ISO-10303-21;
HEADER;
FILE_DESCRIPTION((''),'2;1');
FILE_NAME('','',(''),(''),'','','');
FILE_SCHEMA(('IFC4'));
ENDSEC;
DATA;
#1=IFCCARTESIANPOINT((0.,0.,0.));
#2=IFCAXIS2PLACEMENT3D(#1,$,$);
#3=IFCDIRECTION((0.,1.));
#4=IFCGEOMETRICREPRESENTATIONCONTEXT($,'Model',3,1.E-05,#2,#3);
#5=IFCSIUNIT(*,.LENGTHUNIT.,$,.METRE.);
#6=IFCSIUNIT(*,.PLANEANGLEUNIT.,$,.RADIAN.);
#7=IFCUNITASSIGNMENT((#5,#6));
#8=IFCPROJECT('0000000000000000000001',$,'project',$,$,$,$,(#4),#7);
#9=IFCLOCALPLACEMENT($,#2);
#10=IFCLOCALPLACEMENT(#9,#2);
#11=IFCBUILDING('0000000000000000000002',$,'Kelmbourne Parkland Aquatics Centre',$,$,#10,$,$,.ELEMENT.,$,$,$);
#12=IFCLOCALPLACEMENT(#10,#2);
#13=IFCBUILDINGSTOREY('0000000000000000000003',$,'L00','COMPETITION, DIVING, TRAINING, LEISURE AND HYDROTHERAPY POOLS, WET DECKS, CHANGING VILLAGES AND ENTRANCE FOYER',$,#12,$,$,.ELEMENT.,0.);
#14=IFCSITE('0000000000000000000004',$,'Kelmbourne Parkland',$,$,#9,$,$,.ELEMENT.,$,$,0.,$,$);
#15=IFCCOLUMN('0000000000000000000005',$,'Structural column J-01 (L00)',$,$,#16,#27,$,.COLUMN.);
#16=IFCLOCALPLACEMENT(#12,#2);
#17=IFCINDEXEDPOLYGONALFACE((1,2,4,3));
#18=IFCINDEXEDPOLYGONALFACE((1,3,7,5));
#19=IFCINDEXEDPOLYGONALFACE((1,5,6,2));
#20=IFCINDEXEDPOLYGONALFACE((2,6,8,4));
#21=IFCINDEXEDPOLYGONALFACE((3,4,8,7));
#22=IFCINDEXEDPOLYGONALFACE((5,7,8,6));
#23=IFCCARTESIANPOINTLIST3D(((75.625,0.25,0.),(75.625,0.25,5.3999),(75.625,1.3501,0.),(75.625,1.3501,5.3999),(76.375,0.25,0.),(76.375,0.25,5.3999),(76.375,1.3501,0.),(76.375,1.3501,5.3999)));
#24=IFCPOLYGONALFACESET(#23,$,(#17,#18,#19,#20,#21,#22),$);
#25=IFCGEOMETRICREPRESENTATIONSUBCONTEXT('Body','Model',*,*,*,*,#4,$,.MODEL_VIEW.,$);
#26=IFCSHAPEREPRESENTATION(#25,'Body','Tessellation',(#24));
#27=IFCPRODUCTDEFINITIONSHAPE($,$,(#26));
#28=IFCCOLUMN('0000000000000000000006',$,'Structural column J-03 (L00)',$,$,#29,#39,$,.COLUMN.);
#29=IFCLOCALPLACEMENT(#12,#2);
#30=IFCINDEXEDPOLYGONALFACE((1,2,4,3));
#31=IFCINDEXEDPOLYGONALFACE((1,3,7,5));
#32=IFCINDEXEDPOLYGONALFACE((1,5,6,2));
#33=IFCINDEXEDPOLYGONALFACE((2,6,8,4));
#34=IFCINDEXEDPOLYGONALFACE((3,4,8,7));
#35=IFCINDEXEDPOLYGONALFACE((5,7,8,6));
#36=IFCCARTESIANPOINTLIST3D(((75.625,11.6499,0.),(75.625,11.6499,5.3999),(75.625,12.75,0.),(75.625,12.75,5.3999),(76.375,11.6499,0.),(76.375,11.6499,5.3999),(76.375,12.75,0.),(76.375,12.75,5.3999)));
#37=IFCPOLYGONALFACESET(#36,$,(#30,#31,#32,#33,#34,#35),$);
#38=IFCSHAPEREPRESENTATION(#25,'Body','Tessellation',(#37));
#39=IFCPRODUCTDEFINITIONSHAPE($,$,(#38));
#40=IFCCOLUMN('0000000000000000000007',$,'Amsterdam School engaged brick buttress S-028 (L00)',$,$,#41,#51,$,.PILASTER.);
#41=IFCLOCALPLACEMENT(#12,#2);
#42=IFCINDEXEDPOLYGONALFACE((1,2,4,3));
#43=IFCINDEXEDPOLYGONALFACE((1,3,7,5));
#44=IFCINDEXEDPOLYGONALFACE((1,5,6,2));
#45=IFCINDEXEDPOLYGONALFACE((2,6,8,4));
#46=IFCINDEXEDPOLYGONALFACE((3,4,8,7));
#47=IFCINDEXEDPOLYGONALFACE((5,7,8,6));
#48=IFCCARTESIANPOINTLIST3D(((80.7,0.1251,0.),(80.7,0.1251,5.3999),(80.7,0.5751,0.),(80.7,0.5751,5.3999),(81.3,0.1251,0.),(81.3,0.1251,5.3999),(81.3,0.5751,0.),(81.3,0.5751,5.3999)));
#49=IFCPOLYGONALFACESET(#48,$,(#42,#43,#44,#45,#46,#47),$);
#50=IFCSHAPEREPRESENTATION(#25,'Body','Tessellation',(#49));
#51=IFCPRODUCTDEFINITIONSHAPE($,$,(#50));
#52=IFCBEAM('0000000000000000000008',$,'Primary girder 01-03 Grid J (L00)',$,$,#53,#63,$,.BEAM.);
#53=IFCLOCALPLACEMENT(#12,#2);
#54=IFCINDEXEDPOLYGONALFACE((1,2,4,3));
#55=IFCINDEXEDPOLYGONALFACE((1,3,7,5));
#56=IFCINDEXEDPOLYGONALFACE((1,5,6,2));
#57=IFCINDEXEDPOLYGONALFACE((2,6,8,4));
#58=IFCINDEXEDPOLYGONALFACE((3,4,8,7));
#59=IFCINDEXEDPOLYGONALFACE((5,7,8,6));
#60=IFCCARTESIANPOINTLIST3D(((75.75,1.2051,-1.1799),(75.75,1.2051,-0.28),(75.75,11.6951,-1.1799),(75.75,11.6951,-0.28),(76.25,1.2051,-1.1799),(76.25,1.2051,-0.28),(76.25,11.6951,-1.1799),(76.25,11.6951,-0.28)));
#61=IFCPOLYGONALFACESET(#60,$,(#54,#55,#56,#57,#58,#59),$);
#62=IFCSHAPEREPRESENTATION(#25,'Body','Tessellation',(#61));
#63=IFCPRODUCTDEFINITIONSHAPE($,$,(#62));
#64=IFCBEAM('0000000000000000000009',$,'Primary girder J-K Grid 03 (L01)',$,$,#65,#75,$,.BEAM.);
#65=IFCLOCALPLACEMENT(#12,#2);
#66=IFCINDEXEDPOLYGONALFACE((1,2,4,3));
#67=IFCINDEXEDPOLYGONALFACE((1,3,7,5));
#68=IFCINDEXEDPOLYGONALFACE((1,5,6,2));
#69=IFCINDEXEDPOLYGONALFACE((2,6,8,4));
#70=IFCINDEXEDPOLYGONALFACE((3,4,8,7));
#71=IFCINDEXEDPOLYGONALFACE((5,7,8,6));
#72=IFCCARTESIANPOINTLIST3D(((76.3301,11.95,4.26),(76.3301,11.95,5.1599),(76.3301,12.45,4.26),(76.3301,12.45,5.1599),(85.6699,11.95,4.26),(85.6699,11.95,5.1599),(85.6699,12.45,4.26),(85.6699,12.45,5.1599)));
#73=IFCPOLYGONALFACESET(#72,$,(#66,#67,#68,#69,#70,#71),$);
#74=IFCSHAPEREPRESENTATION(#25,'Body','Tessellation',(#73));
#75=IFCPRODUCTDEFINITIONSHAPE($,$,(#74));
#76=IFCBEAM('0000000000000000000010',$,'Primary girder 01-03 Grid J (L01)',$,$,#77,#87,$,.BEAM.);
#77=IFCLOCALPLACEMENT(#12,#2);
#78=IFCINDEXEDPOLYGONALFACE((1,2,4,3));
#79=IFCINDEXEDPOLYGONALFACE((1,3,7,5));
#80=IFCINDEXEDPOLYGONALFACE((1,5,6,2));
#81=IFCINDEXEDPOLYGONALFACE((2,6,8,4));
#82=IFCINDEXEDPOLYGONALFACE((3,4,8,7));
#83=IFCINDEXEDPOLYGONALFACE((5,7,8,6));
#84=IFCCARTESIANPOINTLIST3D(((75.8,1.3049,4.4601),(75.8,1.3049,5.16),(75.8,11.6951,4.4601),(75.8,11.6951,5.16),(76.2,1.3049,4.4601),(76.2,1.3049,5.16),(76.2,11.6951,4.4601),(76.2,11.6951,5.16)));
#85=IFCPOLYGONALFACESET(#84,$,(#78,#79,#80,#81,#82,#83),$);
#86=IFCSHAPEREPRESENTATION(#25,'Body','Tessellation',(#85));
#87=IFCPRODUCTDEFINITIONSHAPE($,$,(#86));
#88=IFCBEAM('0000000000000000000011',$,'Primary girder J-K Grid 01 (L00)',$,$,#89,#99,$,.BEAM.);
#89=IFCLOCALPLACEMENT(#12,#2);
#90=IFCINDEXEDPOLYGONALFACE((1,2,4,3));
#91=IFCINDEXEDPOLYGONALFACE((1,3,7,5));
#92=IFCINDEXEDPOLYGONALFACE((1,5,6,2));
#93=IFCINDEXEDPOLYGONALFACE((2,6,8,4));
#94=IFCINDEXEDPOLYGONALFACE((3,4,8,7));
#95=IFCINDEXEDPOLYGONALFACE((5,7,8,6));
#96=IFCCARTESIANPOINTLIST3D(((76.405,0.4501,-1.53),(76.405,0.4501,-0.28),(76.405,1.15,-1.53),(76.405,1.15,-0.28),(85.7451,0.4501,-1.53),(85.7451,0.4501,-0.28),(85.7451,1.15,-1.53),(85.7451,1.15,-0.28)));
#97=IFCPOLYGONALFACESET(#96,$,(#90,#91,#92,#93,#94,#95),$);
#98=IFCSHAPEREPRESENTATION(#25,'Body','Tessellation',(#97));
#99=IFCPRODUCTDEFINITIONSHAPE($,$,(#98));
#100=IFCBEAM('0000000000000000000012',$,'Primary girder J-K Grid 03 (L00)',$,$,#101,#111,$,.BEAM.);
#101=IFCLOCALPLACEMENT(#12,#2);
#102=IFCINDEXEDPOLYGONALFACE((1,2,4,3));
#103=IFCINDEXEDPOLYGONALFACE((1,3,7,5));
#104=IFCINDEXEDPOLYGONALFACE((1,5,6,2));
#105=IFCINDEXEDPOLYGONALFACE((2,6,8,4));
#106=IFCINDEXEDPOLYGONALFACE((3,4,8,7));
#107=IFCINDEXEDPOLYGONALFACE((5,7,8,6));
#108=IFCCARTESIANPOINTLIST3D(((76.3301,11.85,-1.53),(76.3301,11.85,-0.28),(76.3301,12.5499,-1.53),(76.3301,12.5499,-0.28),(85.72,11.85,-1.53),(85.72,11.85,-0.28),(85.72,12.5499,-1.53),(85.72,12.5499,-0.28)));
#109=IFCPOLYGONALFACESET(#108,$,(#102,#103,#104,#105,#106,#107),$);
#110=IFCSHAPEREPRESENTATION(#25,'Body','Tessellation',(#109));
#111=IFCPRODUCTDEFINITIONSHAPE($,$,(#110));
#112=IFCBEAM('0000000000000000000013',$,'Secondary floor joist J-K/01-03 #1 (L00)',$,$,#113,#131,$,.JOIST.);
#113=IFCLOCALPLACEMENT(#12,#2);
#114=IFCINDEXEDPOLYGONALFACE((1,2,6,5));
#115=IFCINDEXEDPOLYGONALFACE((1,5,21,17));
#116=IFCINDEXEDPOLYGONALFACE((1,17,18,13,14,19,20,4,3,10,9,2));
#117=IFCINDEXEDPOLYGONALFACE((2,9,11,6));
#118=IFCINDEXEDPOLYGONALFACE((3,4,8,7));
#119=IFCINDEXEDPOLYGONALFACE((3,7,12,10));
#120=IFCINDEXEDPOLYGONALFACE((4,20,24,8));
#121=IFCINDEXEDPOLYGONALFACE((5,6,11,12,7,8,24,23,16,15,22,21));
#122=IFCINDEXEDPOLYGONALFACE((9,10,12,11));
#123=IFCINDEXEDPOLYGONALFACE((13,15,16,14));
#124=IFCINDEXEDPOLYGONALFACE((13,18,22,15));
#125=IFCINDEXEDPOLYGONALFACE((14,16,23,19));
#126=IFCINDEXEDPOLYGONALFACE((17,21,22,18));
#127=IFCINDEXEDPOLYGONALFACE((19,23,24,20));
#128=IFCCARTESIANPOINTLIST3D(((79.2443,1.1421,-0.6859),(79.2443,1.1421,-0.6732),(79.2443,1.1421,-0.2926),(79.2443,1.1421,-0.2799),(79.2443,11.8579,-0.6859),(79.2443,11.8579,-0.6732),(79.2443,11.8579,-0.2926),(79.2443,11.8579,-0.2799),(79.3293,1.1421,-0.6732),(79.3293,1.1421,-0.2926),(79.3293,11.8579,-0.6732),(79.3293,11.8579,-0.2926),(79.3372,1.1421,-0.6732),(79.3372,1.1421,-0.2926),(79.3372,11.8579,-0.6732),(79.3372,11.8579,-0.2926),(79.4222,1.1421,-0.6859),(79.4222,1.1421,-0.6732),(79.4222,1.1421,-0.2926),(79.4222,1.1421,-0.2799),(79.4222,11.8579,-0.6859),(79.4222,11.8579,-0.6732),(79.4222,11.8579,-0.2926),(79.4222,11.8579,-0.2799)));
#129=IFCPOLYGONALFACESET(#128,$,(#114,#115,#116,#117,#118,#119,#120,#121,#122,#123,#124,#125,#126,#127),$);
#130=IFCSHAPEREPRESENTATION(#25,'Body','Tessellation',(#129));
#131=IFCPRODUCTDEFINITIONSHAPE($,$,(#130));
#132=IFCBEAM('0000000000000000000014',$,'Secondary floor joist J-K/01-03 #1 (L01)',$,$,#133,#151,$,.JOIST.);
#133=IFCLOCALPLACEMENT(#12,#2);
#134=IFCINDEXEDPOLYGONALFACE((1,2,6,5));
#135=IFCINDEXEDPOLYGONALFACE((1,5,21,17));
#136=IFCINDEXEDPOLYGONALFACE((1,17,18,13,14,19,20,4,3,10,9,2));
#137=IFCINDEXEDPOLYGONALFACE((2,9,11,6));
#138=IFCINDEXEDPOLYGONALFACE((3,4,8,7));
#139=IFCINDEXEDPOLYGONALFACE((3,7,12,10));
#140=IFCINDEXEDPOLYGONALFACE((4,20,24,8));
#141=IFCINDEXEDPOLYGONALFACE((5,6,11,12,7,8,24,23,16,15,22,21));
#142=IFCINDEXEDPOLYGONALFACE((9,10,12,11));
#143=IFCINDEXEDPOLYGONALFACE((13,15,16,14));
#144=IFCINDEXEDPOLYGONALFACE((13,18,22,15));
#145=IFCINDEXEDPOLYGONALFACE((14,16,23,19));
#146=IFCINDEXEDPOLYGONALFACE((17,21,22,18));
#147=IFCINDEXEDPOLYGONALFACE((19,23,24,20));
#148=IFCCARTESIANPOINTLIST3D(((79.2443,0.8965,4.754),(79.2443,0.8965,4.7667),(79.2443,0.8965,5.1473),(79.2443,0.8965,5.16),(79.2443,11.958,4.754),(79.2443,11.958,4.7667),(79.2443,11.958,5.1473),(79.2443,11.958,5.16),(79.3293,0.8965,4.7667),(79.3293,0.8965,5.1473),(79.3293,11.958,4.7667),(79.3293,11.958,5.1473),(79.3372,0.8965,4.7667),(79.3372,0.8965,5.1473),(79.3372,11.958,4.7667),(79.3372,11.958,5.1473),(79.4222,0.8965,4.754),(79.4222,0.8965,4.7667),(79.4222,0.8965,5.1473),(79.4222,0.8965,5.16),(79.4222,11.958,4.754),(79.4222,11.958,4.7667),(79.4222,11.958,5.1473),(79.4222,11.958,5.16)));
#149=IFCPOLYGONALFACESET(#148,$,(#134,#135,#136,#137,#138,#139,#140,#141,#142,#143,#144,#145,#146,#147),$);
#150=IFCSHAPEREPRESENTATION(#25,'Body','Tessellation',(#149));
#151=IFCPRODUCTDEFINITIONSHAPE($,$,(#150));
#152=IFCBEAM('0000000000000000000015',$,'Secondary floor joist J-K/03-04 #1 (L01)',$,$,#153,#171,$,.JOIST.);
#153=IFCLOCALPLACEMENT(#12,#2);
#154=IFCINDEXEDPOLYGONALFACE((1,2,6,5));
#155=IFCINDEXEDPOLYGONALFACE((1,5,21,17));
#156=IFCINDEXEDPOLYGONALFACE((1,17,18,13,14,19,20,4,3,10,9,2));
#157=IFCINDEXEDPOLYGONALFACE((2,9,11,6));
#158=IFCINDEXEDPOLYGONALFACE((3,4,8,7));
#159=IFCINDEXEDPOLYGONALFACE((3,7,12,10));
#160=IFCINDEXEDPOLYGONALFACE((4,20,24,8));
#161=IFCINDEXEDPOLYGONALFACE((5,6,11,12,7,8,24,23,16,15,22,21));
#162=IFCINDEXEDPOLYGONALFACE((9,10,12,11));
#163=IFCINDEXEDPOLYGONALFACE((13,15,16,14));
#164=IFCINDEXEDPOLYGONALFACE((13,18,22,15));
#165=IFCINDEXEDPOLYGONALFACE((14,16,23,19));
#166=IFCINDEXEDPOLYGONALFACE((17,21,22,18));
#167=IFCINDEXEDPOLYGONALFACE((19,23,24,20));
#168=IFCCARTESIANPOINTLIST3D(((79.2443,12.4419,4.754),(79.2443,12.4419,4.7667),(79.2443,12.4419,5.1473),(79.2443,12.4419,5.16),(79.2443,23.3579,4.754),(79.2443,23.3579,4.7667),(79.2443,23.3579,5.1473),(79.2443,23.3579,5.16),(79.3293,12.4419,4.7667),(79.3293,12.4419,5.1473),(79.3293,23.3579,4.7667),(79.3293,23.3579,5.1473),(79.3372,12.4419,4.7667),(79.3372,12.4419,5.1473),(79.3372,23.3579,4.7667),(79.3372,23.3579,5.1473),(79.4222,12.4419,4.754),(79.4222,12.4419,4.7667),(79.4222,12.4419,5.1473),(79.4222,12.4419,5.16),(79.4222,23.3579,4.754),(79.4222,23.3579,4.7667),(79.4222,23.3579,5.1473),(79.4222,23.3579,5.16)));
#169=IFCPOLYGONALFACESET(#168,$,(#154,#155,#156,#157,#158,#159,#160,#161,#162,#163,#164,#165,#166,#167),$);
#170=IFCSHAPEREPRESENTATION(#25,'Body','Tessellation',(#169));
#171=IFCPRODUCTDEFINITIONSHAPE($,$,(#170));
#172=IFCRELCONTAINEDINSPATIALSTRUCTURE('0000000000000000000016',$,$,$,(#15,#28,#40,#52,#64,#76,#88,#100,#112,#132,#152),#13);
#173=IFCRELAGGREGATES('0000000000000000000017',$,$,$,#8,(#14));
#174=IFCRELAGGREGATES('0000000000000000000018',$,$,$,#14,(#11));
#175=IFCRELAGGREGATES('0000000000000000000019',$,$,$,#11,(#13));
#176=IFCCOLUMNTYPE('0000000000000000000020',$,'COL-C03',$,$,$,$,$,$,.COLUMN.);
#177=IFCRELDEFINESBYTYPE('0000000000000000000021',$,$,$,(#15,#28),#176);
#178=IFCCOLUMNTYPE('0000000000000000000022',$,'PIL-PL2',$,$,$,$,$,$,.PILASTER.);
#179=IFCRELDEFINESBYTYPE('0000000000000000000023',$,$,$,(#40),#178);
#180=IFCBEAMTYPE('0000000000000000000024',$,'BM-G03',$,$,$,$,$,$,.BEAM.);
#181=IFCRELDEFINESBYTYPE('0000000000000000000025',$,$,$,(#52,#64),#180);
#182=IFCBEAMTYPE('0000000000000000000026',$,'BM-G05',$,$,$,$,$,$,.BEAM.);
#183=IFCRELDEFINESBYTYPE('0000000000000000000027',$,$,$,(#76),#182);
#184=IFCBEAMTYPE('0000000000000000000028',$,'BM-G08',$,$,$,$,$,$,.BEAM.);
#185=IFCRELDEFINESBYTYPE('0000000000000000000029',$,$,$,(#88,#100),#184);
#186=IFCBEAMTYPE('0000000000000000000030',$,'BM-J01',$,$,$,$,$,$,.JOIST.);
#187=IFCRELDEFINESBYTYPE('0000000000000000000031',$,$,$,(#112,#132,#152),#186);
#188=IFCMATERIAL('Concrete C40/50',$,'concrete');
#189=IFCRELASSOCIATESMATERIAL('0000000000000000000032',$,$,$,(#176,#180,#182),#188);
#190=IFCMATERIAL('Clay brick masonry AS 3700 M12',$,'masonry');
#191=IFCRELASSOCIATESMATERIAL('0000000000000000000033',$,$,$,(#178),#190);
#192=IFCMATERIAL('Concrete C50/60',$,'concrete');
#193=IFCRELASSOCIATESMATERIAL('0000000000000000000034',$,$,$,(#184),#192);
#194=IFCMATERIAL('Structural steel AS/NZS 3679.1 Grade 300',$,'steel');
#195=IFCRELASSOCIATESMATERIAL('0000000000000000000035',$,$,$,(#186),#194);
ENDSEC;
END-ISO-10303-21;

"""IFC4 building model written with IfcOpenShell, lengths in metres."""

from ifc_helpers import new_model, si_unit, direction, frame, origin, origin_2d, place, context, subcontext, project, spatial, rectangle, i_section, extrude, material, material_profile, profile_set, type_object, element, save


model = new_model("IFC4")

# Units and contexts
model_context = context("Model", 3, precision=1e-05, world=origin(), true_north=direction((0.0, 1.0)))
body_context = subcontext(model_context, "Body", "Model", "MODEL_VIEW")
ifc_project = project(units=[si_unit("LENGTHUNIT", "METRE"), si_unit("PLANEANGLEUNIT", "RADIAN")], contexts=[model_context])

# Site, building, storey
site_placement = place(None, origin())
site = spatial("IfcSite", under=ifc_project, at=site_placement, Name="Kelmbourne Parkland", CompositionType="ELEMENT", RefElevation=0.0)
building_placement = place(site_placement, origin())
building = spatial("IfcBuilding", under=site, at=building_placement, Name="Kelmbourne Parkland Aquatics Centre", CompositionType="ELEMENT")
storey_placement = place(building_placement, origin())
storey = spatial("IfcBuildingStorey", under=building, at=storey_placement, Name="L00", Description="COMPETITION, DIVING, TRAINING, LEISURE AND HYDROTHERAPY POOLS, WET DECKS, CHANGING VILLAGES AND ENTRANCE FOYER", CompositionType="ELEMENT", Elevation=0.0)

# Columns
ifc_material_1 = material(Name="Concrete C40/50", Category="concrete")
ifc_material_profile_1 = material_profile(ifc_material_1, rectangle(XDim=0.75, YDim=1.1001, at=origin_2d()), Name="RC 750x1100")
ifc_profile_set_1 = profile_set([ifc_material_profile_1], Name="Concrete C40/50")
column_type_1 = type_object("IfcColumnType", Name="COL-C03", PredefinedType="COLUMN", material=ifc_profile_set_1)
for number, where, z_axis, x_axis, name in (
    (1, (76.0, 0.8, 0.0), (0.0, 0.0, 1.0), (1.0, 0.0, 0.0), "Structural column J-01 (L00)"),
    (2, (76.0, 12.2, 0.0), (0.0, 0.0, 1.0), (1.0, 0.0, 0.0), "Structural column J-03 (L00)"),
):
    element("IfcColumn", number, at=place(storey_placement, frame(where, z_axis=z_axis, x_axis=x_axis)), inside=storey, type_object=column_type_1, Name=name, PredefinedType="COLUMN", context=body_context, shape_type="SweptSolid", body=[
        extrude(rectangle(XDim=0.75, YDim=1.1001, at=origin_2d()), origin(), (0.0, 0.0, 1.0), 5.3999),
    ])
ifc_material_2 = material(Name="Clay brick masonry AS 3700 M12", Category="masonry")
ifc_material_profile_2 = material_profile(ifc_material_2, rectangle(XDim=0.45, YDim=0.6001, at=origin_2d()), Name="PIL 450x600")
ifc_profile_set_2 = profile_set([ifc_material_profile_2], Name="Clay brick masonry AS 3700 M12")
column_type_2 = type_object("IfcColumnType", Name="PIL-PL2", PredefinedType="PILASTER", material=ifc_profile_set_2)
column_placement = place(storey_placement, frame((81.0, 0.3501, 0.0), z_axis=(0.0, 0.0, 1.0), x_axis=(0.0, 1.0, 0.0)))
element("IfcColumn", 3, at=column_placement, inside=storey, type_object=column_type_2, Name="Amsterdam School engaged brick buttress S-028 (L00)", PredefinedType="PILASTER", context=body_context, shape_type="SweptSolid", body=[
    extrude(rectangle(XDim=0.45, YDim=0.6001, at=origin_2d()), origin(), (0.0, 0.0, 1.0), 5.3999),
])

# Beams
ifc_material_profile_3 = material_profile(ifc_material_1, rectangle(XDim=0.5, YDim=0.8999, at=origin_2d()), Name="RC 500x900")
ifc_profile_set_3 = profile_set([ifc_material_profile_3], Name="Concrete C40/50")
beam_type_1 = type_object("IfcBeamType", Name="BM-G03", PredefinedType="BEAM", material=ifc_profile_set_3)
beam_1_placement = place(storey_placement, frame((76.0, 1.2051, -0.73), z_axis=(0.0, 1.0, 0.0), x_axis=(-1.0, 0.0, 0.0)))
element("IfcBeam", 4, at=beam_1_placement, inside=storey, type_object=beam_type_1, Name="Primary girder 01-03 Grid J (L00)", PredefinedType="BEAM", context=body_context, shape_type="SweptSolid", body=[
    extrude(rectangle(XDim=0.5, YDim=0.8999, at=origin_2d()), origin(), (0.0, 0.0, 1.0), 10.49),
])
beam_2_placement = place(storey_placement, frame((76.3301, 12.2, 4.71), z_axis=(1.0, 0.0, 0.0), x_axis=(0.0, 1.0, 0.0)))
element("IfcBeam", 5, at=beam_2_placement, inside=storey, type_object=beam_type_1, Name="Primary girder J-K Grid 03 (L01)", PredefinedType="BEAM", context=body_context, shape_type="SweptSolid", body=[
    extrude(rectangle(XDim=0.5, YDim=0.8999, at=origin_2d()), origin(), (0.0, 0.0, 1.0), 9.3398),
])
ifc_material_profile_4 = material_profile(ifc_material_1, rectangle(XDim=0.3999, YDim=0.7, at=origin_2d()), Name="RC 400x700")
ifc_profile_set_4 = profile_set([ifc_material_profile_4], Name="Concrete C40/50")
beam_type_2 = type_object("IfcBeamType", Name="BM-G05", PredefinedType="BEAM", material=ifc_profile_set_4)
beam_3_placement = place(storey_placement, frame((76.0, 1.3049, 4.8101), z_axis=(0.0, 1.0, 0.0), x_axis=(-1.0, 0.0, 0.0)))
element("IfcBeam", 6, at=beam_3_placement, inside=storey, type_object=beam_type_2, Name="Primary girder 01-03 Grid J (L01)", PredefinedType="BEAM", context=body_context, shape_type="SweptSolid", body=[
    extrude(rectangle(XDim=0.3999, YDim=0.7, at=origin_2d()), origin(), (0.0, 0.0, 1.0), 10.3901),
])
ifc_material_3 = material(Name="Concrete C50/60", Category="concrete")
ifc_material_profile_5 = material_profile(ifc_material_3, rectangle(XDim=0.7, YDim=1.25, at=origin_2d()), Name="RC 700x1250")
ifc_profile_set_5 = profile_set([ifc_material_profile_5], Name="Concrete C50/60")
beam_type_3 = type_object("IfcBeamType", Name="BM-G08", PredefinedType="BEAM", material=ifc_profile_set_5)
beam_4_placement = place(storey_placement, frame((76.405, 0.8, -0.905), z_axis=(1.0, 0.0, 0.0), x_axis=(0.0, 1.0, 0.0)))
element("IfcBeam", 7, at=beam_4_placement, inside=storey, type_object=beam_type_3, Name="Primary girder J-K Grid 01 (L00)", PredefinedType="BEAM", context=body_context, shape_type="SweptSolid", body=[
    extrude(rectangle(XDim=0.7, YDim=1.25, at=origin_2d()), origin(), (0.0, 0.0, 1.0), 9.3401),
])
beam_5_placement = place(storey_placement, frame((76.3301, 12.2, -0.905), z_axis=(1.0, 0.0, 0.0), x_axis=(0.0, 1.0, 0.0)))
element("IfcBeam", 8, at=beam_5_placement, inside=storey, type_object=beam_type_3, Name="Primary girder J-K Grid 03 (L00)", PredefinedType="BEAM", context=body_context, shape_type="SweptSolid", body=[
    extrude(rectangle(XDim=0.7, YDim=1.25, at=origin_2d()), origin(), (0.0, 0.0, 1.0), 9.3899),
])
ifc_material_4 = material(Name="Structural steel AS/NZS 3679.1 Grade 300", Category="steel")
ifc_material_profile_6 = material_profile(ifc_material_4, i_section(OverallWidth=0.178, OverallDepth=0.406, WebThickness=0.0078, FlangeThickness=0.0127, at=origin_2d()), Name="410UB59.7")
ifc_profile_set_6 = profile_set([ifc_material_profile_6], Name="Structural steel AS/NZS 3679.1 Grade 300")
beam_type_4 = type_object("IfcBeamType", Name="BM-J01", PredefinedType="JOIST", material=ifc_profile_set_6)
beam_6_placement = place(storey_placement, frame((79.3333, 1.1421, -0.4829), z_axis=(0.0, 1.0, 0.0), x_axis=(-1.0, 0.0, 0.0)))
element("IfcBeam", 9, at=beam_6_placement, inside=storey, type_object=beam_type_4, Name="Secondary floor joist J-K/01-03 #1 (L00)", PredefinedType="JOIST", context=body_context, shape_type="SweptSolid", body=[
    extrude(i_section(OverallWidth=0.178, OverallDepth=0.406, WebThickness=0.0078, FlangeThickness=0.0127, at=origin_2d()), origin(), (0.0, 0.0, 1.0), 10.7158),
])
beam_7_placement = place(storey_placement, frame((79.3333, 0.8965, 4.957), z_axis=(0.0, 1.0, 0.0), x_axis=(-1.0, 0.0, 0.0)))
element("IfcBeam", 10, at=beam_7_placement, inside=storey, type_object=beam_type_4, Name="Secondary floor joist J-K/01-03 #1 (L01)", PredefinedType="JOIST", context=body_context, shape_type="SweptSolid", body=[
    extrude(i_section(OverallWidth=0.178, OverallDepth=0.406, WebThickness=0.0078, FlangeThickness=0.0127, at=origin_2d()), origin(), (0.0, 0.0, 1.0), 11.0615),
])
beam_8_placement = place(storey_placement, frame((79.3333, 12.4419, 4.957), z_axis=(0.0, 1.0, 0.0), x_axis=(-1.0, 0.0, 0.0)))
element("IfcBeam", 11, at=beam_8_placement, inside=storey, type_object=beam_type_4, Name="Secondary floor joist J-K/03-04 #1 (L01)", PredefinedType="JOIST", context=body_context, shape_type="SweptSolid", body=[
    extrude(i_section(OverallWidth=0.178, OverallDepth=0.406, WebThickness=0.0078, FlangeThickness=0.0127, at=origin_2d()), origin(), (0.0, 0.0, 1.0), 10.916),
])

save(model, "model.ifc")
